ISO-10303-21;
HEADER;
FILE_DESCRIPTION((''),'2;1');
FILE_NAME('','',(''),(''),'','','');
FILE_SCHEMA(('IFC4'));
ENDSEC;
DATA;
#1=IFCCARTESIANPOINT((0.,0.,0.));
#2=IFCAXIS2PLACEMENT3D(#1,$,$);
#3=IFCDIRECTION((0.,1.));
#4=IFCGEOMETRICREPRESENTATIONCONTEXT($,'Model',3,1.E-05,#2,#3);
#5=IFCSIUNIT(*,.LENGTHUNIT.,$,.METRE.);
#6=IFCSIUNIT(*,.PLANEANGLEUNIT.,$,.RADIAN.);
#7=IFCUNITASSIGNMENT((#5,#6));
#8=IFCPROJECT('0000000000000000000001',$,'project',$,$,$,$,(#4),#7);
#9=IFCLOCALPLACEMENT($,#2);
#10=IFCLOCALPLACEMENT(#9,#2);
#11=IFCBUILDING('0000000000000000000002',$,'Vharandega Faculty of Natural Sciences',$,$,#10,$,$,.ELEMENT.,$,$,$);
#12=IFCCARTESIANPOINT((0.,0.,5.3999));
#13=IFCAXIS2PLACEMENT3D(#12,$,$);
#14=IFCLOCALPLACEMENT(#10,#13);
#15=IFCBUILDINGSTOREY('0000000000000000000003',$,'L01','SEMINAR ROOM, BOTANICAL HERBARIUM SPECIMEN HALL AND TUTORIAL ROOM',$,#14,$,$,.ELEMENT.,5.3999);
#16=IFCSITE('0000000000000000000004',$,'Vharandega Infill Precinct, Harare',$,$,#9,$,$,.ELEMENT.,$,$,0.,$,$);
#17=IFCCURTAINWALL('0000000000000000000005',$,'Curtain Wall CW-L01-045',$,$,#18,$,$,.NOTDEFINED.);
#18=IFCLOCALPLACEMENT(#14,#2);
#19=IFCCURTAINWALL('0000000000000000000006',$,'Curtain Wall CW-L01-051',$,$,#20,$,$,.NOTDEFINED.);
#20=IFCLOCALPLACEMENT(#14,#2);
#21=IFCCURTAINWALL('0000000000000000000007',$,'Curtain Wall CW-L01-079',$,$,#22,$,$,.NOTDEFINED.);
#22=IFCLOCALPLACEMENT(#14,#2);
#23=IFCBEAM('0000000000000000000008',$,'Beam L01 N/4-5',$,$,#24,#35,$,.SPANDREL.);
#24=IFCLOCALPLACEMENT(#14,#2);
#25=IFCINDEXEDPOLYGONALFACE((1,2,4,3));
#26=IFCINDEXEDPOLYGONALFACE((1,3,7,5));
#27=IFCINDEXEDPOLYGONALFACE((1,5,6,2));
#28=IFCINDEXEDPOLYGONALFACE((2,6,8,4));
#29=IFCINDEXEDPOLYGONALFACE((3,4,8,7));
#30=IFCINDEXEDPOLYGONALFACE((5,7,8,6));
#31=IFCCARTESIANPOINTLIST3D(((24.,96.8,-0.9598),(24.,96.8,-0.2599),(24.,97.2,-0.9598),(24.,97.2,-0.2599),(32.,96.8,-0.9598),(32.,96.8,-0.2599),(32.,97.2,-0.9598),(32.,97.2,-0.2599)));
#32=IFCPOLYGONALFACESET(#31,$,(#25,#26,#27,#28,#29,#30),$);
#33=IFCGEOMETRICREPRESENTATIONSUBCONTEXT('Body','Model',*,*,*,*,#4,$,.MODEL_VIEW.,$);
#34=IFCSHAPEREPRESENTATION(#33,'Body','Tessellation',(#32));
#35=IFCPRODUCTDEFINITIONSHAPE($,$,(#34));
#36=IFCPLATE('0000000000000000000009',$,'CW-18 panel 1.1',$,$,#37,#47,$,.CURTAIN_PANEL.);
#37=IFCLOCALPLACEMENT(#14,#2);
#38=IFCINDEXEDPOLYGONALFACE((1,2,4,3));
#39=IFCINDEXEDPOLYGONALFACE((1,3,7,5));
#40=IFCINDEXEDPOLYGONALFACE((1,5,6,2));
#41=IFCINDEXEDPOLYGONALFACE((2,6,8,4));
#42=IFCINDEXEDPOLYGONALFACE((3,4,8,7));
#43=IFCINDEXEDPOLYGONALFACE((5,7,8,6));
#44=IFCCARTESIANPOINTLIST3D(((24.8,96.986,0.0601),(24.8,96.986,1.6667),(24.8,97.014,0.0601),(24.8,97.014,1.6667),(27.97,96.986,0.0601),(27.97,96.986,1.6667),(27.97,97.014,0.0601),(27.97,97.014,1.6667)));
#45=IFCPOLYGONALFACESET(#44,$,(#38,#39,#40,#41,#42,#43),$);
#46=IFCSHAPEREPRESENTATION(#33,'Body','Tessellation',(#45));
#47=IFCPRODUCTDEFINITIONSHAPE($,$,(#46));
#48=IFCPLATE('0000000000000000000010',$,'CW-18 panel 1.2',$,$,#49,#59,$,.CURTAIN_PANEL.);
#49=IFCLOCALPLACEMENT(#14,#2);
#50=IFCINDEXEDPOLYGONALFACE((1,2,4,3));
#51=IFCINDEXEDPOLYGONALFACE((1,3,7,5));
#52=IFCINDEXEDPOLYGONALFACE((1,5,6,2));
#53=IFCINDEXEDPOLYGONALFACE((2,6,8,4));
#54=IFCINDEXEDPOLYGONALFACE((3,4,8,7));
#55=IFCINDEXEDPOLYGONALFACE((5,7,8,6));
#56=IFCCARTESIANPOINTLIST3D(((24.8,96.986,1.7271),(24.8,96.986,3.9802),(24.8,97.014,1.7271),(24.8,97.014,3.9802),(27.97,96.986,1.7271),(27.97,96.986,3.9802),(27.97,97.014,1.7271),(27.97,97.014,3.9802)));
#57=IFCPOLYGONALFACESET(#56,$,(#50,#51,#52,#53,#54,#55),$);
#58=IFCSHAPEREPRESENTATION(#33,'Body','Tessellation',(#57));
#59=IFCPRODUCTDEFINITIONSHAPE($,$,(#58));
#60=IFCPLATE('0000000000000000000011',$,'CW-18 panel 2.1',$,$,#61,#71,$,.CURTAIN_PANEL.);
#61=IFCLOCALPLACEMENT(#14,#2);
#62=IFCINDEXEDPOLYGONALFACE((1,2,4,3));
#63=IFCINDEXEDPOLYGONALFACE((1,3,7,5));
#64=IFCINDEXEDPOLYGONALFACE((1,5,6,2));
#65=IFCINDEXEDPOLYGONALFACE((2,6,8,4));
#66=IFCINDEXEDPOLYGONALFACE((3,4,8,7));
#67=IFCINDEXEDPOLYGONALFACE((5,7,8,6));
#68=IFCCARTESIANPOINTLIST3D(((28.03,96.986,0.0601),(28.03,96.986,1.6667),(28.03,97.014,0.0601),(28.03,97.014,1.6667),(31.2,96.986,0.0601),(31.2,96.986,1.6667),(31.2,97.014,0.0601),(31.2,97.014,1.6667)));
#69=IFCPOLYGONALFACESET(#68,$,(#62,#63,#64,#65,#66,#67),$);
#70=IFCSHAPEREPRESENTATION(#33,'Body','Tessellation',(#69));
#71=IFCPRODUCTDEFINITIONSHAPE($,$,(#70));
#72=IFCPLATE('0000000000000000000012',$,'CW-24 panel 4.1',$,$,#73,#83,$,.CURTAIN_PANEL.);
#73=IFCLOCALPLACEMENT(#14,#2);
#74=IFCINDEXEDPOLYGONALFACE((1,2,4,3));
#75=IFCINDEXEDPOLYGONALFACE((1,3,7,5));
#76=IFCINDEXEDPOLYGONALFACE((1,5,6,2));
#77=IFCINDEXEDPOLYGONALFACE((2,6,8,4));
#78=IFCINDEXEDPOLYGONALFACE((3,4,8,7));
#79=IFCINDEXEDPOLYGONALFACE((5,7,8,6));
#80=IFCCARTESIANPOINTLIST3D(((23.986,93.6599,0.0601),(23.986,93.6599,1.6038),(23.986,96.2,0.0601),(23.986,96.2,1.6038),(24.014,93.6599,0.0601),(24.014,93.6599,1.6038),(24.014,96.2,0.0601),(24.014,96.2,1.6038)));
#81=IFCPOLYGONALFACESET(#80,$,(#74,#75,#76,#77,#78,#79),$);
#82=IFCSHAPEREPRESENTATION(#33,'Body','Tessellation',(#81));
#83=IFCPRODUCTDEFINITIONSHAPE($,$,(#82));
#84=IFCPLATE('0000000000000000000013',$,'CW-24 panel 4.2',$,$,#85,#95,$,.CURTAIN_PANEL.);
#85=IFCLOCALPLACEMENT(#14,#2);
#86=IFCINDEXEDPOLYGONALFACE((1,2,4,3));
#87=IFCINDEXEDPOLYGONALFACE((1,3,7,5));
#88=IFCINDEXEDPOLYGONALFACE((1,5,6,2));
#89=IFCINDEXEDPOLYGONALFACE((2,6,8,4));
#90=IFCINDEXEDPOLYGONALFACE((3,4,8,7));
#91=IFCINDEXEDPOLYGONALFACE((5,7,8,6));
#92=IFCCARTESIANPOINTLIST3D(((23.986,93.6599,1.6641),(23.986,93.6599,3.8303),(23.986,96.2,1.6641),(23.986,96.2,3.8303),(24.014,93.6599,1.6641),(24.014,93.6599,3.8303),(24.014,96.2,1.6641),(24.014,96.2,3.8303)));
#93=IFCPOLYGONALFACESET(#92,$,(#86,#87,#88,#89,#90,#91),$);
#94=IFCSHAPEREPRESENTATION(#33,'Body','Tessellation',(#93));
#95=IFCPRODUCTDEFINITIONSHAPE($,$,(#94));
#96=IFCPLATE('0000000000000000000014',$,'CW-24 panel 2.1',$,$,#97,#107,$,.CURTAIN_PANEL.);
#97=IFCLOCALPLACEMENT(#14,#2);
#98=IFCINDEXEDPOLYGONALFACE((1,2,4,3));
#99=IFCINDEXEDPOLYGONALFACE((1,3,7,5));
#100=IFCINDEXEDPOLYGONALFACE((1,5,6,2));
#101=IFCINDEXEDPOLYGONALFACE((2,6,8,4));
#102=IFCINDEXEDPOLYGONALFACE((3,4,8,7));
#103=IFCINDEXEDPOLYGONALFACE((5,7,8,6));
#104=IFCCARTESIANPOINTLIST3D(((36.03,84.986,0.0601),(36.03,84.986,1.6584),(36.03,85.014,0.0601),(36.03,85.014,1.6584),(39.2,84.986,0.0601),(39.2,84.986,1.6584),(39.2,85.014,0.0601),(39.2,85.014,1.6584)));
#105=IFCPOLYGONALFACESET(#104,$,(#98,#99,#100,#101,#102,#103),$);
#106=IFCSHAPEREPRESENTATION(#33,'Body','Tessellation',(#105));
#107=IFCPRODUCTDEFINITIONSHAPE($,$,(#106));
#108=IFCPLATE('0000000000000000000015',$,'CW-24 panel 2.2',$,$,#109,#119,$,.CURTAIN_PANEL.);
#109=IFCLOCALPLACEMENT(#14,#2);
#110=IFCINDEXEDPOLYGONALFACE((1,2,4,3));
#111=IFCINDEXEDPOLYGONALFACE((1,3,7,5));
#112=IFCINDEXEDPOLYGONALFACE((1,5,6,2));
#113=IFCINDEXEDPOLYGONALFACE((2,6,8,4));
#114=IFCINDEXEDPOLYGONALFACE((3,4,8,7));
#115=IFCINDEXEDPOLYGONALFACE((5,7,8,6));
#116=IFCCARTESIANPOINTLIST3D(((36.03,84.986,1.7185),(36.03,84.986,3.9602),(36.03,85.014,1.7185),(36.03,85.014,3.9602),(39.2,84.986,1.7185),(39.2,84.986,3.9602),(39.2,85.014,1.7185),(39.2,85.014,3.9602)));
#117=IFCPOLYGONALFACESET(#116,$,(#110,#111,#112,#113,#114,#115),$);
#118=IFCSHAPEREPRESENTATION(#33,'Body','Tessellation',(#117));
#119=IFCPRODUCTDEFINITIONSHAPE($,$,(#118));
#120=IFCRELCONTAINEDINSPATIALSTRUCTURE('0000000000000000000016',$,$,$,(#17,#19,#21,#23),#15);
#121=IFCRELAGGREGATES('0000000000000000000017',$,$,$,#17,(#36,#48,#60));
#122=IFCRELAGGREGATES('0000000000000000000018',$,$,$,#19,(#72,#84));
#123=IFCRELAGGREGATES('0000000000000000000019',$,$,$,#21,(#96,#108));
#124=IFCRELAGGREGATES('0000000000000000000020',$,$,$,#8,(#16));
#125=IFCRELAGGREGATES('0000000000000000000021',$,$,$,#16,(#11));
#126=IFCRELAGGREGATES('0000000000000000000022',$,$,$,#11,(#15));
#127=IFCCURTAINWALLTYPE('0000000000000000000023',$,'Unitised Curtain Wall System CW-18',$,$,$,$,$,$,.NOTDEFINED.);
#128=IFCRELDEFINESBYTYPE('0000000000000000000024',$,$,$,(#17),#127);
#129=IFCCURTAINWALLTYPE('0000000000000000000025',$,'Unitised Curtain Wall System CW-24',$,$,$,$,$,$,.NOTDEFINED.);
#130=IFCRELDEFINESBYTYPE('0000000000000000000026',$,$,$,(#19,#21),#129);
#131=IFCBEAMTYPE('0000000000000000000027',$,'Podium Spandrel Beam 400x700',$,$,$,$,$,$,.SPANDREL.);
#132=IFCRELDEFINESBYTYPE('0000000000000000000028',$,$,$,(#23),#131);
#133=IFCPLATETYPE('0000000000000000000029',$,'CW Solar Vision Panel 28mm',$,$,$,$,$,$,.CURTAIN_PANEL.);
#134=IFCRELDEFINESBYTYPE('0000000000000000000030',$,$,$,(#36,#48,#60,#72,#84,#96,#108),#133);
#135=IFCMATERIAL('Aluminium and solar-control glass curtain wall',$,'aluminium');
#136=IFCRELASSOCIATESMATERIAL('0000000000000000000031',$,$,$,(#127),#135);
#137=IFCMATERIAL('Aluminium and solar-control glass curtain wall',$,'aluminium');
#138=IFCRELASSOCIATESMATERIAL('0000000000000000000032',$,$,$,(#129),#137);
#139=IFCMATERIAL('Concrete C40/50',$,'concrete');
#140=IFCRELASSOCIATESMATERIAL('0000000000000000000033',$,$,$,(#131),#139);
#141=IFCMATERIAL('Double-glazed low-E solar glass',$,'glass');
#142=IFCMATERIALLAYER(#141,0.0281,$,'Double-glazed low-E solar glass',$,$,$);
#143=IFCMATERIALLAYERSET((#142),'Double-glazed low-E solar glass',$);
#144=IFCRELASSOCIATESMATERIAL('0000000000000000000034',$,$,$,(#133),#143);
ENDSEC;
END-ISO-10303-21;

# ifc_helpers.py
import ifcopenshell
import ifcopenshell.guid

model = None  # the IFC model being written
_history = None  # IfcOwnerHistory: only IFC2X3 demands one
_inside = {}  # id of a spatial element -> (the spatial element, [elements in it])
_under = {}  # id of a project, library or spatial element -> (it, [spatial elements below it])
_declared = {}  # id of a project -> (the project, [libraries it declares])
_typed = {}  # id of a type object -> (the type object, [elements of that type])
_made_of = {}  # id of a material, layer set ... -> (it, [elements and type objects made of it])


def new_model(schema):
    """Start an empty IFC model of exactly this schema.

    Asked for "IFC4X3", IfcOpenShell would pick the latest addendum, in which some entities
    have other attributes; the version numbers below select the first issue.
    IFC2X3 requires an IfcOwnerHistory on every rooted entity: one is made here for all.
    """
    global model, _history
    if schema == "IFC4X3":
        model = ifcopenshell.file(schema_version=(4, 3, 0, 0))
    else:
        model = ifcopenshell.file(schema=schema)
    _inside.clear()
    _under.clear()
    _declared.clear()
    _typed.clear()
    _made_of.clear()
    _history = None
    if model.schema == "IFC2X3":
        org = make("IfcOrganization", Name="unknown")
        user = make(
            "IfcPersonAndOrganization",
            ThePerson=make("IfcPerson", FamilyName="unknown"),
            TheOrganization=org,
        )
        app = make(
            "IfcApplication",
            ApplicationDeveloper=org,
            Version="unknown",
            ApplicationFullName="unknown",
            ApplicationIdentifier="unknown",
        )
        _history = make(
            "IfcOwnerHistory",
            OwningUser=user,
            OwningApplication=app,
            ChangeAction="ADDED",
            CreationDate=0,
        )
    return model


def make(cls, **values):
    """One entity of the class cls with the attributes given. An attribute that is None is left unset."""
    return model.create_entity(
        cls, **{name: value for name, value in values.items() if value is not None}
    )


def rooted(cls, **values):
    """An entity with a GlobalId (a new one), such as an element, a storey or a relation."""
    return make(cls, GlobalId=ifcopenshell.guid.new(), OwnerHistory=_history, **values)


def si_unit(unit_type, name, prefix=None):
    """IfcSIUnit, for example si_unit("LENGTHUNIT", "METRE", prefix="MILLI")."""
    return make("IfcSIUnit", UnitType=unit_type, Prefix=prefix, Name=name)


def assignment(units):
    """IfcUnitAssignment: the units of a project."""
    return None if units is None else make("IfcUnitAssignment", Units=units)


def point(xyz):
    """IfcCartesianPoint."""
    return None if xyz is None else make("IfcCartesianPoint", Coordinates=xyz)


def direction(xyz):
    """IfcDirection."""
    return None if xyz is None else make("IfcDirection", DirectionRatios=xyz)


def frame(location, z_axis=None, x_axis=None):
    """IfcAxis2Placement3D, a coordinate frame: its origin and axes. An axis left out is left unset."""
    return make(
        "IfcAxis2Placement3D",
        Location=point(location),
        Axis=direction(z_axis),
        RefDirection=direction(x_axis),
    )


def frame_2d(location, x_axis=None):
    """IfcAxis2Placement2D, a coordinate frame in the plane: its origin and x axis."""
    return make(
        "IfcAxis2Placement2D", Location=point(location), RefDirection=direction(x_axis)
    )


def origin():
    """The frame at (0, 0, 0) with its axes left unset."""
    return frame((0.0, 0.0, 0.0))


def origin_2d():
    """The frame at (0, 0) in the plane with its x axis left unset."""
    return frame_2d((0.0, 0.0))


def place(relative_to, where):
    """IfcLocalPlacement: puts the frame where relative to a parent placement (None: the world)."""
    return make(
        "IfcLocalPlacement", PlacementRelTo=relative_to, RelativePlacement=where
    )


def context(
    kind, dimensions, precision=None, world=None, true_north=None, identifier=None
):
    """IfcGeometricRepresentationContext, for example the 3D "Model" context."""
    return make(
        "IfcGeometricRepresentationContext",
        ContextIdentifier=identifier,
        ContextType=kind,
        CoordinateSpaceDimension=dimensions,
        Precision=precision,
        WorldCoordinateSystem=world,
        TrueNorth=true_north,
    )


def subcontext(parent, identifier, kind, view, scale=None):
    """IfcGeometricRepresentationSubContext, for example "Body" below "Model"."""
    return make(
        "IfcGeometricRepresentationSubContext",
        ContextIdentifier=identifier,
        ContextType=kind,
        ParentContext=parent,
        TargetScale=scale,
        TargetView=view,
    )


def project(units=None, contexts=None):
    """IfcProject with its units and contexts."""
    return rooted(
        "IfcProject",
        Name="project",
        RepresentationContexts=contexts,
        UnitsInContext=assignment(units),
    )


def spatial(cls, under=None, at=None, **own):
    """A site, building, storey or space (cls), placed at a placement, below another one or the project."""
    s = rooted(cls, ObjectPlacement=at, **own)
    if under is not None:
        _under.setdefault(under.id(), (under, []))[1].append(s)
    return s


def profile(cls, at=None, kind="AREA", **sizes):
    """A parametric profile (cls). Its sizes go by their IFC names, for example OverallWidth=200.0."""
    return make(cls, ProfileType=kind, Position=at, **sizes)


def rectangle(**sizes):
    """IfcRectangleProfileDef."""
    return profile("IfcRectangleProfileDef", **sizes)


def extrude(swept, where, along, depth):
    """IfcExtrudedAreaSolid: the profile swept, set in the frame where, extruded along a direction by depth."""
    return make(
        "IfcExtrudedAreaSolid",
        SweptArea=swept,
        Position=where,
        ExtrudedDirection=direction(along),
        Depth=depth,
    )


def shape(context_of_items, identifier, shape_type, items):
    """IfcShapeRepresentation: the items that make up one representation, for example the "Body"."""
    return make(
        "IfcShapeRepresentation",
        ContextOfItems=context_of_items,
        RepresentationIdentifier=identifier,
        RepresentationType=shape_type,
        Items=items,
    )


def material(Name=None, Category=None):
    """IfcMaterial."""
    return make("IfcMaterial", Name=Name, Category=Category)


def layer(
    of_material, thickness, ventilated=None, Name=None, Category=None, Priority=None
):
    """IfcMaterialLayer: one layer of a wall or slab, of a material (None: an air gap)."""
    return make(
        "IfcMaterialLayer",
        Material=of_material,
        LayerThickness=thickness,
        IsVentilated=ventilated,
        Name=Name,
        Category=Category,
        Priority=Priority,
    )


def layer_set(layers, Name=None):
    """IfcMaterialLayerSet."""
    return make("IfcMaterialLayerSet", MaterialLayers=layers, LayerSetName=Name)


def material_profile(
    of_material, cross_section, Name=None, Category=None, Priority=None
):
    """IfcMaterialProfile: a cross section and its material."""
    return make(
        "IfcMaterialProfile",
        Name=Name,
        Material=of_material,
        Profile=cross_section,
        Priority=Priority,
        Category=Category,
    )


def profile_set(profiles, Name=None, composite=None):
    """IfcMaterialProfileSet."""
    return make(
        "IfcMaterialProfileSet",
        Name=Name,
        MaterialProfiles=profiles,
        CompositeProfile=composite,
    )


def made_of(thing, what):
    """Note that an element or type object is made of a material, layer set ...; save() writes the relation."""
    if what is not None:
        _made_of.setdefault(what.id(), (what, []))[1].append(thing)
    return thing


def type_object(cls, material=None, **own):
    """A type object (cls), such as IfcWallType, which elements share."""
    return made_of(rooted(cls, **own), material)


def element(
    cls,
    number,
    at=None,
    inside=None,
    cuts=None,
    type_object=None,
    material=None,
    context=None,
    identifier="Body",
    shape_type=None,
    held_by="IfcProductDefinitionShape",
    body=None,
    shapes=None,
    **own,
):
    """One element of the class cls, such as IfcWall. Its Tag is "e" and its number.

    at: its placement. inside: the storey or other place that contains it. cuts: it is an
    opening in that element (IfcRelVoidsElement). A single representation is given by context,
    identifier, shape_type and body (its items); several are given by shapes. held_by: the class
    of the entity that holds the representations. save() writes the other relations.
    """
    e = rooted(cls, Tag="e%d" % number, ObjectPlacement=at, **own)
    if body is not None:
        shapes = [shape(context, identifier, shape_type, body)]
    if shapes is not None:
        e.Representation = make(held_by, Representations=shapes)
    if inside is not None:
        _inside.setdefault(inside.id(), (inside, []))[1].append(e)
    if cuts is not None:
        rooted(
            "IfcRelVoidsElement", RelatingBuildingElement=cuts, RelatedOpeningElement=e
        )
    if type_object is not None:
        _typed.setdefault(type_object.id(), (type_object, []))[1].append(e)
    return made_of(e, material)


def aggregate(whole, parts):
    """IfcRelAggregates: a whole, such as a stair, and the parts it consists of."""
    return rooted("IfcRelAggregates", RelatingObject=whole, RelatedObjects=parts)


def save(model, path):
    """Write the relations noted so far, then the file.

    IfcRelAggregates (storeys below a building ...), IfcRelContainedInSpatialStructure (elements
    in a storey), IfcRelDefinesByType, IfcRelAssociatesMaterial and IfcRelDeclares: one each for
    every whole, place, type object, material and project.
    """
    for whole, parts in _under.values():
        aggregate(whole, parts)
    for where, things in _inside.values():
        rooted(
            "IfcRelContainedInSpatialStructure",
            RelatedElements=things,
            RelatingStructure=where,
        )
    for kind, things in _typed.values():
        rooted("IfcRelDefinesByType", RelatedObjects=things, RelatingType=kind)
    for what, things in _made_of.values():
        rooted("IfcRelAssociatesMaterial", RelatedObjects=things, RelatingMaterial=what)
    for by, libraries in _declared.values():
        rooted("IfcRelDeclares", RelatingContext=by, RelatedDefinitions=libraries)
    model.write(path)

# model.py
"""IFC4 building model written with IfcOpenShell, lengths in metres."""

from ifc_helpers import new_model, si_unit, direction, frame, origin, origin_2d, place, context, subcontext, project, spatial, rectangle, extrude, material, layer, layer_set, material_profile, profile_set, type_object, element, aggregate, save


model = new_model("IFC4")

# Units and contexts
model_context = context("Model", 3, precision=1e-05, world=origin(), true_north=direction((0.0, 1.0)))
body_context = subcontext(model_context, "Body", "Model", "MODEL_VIEW")
ifc_project = project(units=[si_unit("LENGTHUNIT", "METRE"), si_unit("PLANEANGLEUNIT", "RADIAN")], contexts=[model_context])

# Site, building, storey
site_placement = place(None, origin())
site = spatial("IfcSite", under=ifc_project, at=site_placement, Name="Vharandega Infill Precinct, Harare", CompositionType="ELEMENT", RefElevation=0.0)
building_placement = place(site_placement, origin())
building = spatial("IfcBuilding", under=site, at=building_placement, Name="Vharandega Faculty of Natural Sciences", CompositionType="ELEMENT")
storey_placement = place(building_placement, frame((0.0, 0.0, 5.3999)))
storey = spatial("IfcBuildingStorey", under=building, at=storey_placement, Name="L01", Description="SEMINAR ROOM, BOTANICAL HERBARIUM SPECIMEN HALL AND TUTORIAL ROOM", CompositionType="ELEMENT", Elevation=5.3999)

# Curtain wall
ifc_material_1 = material(Name="Aluminium and solar-control glass curtain wall", Category="aluminium")
curtain_wall_type_1 = type_object("IfcCurtainWallType", Name="Unitised Curtain Wall System CW-18", PredefinedType="NOTDEFINED", material=ifc_material_1)
curtain_wall_1_placement = place(storey_placement, origin())
curtain_wall_1 = element("IfcCurtainWall", 1, at=curtain_wall_1_placement, inside=storey, type_object=curtain_wall_type_1, Name="Curtain Wall CW-L01-045", PredefinedType="NOTDEFINED")

# Curtain walls
ifc_material_2 = material(Name="Aluminium and solar-control glass curtain wall", Category="aluminium")
curtain_wall_type_2 = type_object("IfcCurtainWallType", Name="Unitised Curtain Wall System CW-24", PredefinedType="NOTDEFINED", material=ifc_material_2)
curtain_wall_2_placement = place(storey_placement, origin())
curtain_wall_2 = element("IfcCurtainWall", 2, at=curtain_wall_2_placement, inside=storey, type_object=curtain_wall_type_2, Name="Curtain Wall CW-L01-051", PredefinedType="NOTDEFINED")
curtain_wall_3_placement = place(storey_placement, origin())
curtain_wall_3 = element("IfcCurtainWall", 3, at=curtain_wall_3_placement, inside=storey, type_object=curtain_wall_type_2, Name="Curtain Wall CW-L01-079", PredefinedType="NOTDEFINED")

# Beam
ifc_material_3 = material(Name="Concrete C40/50", Category="concrete")
ifc_material_profile_1 = material_profile(ifc_material_3, rectangle(XDim=0.3999, YDim=0.7, at=origin_2d()), Name="RC 400x700")
ifc_profile_set_1 = profile_set([ifc_material_profile_1], Name="Concrete C40/50")
beam_type_1 = type_object("IfcBeamType", Name="Podium Spandrel Beam 400x700", PredefinedType="SPANDREL", material=ifc_profile_set_1)
beam_1_placement = place(storey_placement, frame((24.0, 97.0, -0.6099), z_axis=(1.0, 0.0, 0.0), x_axis=(0.0, 1.0, 0.0)))
element("IfcBeam", 4, at=beam_1_placement, inside=storey, type_object=beam_type_1, Name="Beam L01 N/4-5", PredefinedType="SPANDREL", context=body_context, shape_type="SweptSolid", body=[
    extrude(rectangle(XDim=0.3999, YDim=0.7, at=origin_2d()), origin(), (0.0, 0.0, 1.0), 8.0),
])

# Plates
ifc_material_4 = material(Name="Double-glazed low-E solar glass", Category="glass")
ifc_layer = layer(ifc_material_4, 0.0281, Name="Double-glazed low-E solar glass")
ifc_layer_set = layer_set([ifc_layer], Name="Double-glazed low-E solar glass")
plate_type = type_object("IfcPlateType", Name="CW Solar Vision Panel 28mm", PredefinedType="CURTAIN_PANEL", material=ifc_layer_set)
plate_1_placement = place(storey_placement, frame((26.385, 97.0, 0.0601), z_axis=(0.0, 0.0, 1.0), x_axis=(1.0, 0.0, 0.0)))
plate_1 = element("IfcPlate", 5, at=plate_1_placement, type_object=plate_type, Name="CW-18 panel 1.1", PredefinedType="CURTAIN_PANEL", context=body_context, shape_type="SweptSolid", body=[
    extrude(rectangle(XDim=3.1699, YDim=0.0281, at=origin_2d()), origin(), (0.0, 0.0, 1.0), 1.6067),
])
plate_2_placement = place(storey_placement, frame((26.385, 97.0, 1.7271), z_axis=(0.0, 0.0, 1.0), x_axis=(1.0, 0.0, 0.0)))
plate_2 = element("IfcPlate", 6, at=plate_2_placement, type_object=plate_type, Name="CW-18 panel 1.2", PredefinedType="CURTAIN_PANEL", context=body_context, shape_type="SweptSolid", body=[
    extrude(rectangle(XDim=3.1699, YDim=0.0281, at=origin_2d()), origin(), (0.0, 0.0, 1.0), 2.2532),
])
plate_3_placement = place(storey_placement, frame((29.615, 97.0, 0.0601), z_axis=(0.0, 0.0, 1.0), x_axis=(1.0, 0.0, 0.0)))
plate_3 = element("IfcPlate", 7, at=plate_3_placement, type_object=plate_type, Name="CW-18 panel 2.1", PredefinedType="CURTAIN_PANEL", context=body_context, shape_type="SweptSolid", body=[
    extrude(rectangle(XDim=3.1699, YDim=0.0281, at=origin_2d()), origin(), (0.0, 0.0, 1.0), 1.6067),
])
aggregate(curtain_wall_1, [plate_1, plate_2, plate_3])
plate_4_placement = place(storey_placement, frame((24.0, 94.9299, 0.0601), z_axis=(0.0, 0.0, 1.0), x_axis=(0.0, 1.0, 0.0)))
plate_4 = element("IfcPlate", 8, at=plate_4_placement, type_object=plate_type, Name="CW-24 panel 4.1", PredefinedType="CURTAIN_PANEL", context=body_context, shape_type="SweptSolid", body=[
    extrude(rectangle(XDim=2.54, YDim=0.0281, at=origin_2d()), origin(), (0.0, 0.0, 1.0), 1.5437),
])
plate_5_placement = place(storey_placement, frame((24.0, 94.9299, 1.6641), z_axis=(0.0, 0.0, 1.0), x_axis=(0.0, 1.0, 0.0)))
plate_5 = element("IfcPlate", 9, at=plate_5_placement, type_object=plate_type, Name="CW-24 panel 4.2", PredefinedType="CURTAIN_PANEL", context=body_context, shape_type="SweptSolid", body=[
    extrude(rectangle(XDim=2.54, YDim=0.0281, at=origin_2d()), origin(), (0.0, 0.0, 1.0), 2.1663),
])
aggregate(curtain_wall_2, [plate_4, plate_5])
plate_6_placement = place(storey_placement, frame((37.615, 85.0, 0.0601), z_axis=(0.0, 0.0, 1.0), x_axis=(1.0, 0.0, 0.0)))
plate_6 = element("IfcPlate", 10, at=plate_6_placement, type_object=plate_type, Name="CW-24 panel 2.1", PredefinedType="CURTAIN_PANEL", context=body_context, shape_type="SweptSolid", body=[
    extrude(rectangle(XDim=3.1699, YDim=0.0281, at=origin_2d()), origin(), (0.0, 0.0, 1.0), 1.5984),
])
plate_7_placement = place(storey_placement, frame((37.615, 85.0, 1.7185), z_axis=(0.0, 0.0, 1.0), x_axis=(1.0, 0.0, 0.0)))
plate_7 = element("IfcPlate", 11, at=plate_7_placement, type_object=plate_type, Name="CW-24 panel 2.2", PredefinedType="CURTAIN_PANEL", context=body_context, shape_type="SweptSolid", body=[
    extrude(rectangle(XDim=3.1699, YDim=0.0281, at=origin_2d()), origin(), (0.0, 0.0, 1.0), 2.2417),
])
aggregate(curtain_wall_3, [plate_6, plate_7])

save(model, "model.ifc")
